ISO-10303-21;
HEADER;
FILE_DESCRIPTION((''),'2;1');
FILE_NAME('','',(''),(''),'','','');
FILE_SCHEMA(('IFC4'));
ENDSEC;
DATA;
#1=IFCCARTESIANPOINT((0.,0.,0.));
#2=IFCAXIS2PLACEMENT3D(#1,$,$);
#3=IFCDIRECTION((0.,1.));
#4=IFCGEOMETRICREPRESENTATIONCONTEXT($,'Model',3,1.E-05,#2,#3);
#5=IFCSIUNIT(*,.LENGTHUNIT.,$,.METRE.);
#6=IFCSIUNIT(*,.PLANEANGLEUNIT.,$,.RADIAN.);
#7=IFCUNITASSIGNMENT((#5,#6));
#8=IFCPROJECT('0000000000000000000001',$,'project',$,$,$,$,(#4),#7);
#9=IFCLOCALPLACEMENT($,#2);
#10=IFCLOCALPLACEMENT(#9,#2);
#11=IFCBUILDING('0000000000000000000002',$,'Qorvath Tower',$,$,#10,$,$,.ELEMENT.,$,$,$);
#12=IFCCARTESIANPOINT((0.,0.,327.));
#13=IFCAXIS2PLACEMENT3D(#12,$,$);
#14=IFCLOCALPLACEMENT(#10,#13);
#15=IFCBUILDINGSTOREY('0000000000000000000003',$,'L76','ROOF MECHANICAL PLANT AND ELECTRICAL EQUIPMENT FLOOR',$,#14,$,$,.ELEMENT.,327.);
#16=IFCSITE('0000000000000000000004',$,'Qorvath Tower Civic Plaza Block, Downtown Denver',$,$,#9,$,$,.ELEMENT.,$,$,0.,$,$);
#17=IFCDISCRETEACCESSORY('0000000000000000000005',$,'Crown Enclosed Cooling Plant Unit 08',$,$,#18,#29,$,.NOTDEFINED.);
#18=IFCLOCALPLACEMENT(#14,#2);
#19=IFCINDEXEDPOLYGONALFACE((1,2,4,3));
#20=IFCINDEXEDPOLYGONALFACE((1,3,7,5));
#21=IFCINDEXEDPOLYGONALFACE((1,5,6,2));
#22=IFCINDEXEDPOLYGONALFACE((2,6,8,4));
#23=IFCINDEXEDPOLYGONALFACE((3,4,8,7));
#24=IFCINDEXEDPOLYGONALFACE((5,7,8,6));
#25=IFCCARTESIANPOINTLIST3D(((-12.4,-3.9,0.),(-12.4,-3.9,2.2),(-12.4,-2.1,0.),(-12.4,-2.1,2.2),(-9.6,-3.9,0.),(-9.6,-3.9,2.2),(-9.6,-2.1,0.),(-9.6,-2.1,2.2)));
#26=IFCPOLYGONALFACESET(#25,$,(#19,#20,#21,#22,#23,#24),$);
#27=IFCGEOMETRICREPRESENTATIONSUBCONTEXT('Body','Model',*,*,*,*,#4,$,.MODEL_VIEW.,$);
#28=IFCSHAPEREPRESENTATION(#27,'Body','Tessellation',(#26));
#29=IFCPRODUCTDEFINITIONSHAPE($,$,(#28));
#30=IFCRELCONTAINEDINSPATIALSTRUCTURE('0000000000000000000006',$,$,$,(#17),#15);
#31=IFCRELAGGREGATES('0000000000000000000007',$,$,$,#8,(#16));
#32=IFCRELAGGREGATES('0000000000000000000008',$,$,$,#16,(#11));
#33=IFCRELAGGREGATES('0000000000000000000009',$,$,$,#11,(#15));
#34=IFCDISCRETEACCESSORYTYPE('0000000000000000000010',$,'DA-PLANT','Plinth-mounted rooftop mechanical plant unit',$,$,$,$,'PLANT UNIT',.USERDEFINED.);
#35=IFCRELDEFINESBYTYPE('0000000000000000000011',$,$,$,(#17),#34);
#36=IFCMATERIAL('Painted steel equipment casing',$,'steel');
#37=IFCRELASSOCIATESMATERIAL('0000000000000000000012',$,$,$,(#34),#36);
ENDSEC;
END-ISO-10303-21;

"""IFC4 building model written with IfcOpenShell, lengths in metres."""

from ifc_helpers import new_model, si_unit, direction, frame, origin, origin_2d, place, context, subcontext, project, spatial, rectangle, extrude, material, type_object, element, save


model = new_model("IFC4")

# Units and contexts
model_context = context("Model", 3, precision=1e-05, world=origin(), true_north=direction((0.0, 1.0)))
body_context = subcontext(model_context, "Body", "Model", "MODEL_VIEW")
ifc_project = project(units=[si_unit("LENGTHUNIT", "METRE"), si_unit("PLANEANGLEUNIT", "RADIAN")], contexts=[model_context])

# Site, building, storey
site_placement = place(None, origin())
site = spatial("IfcSite", under=ifc_project, at=site_placement, Name="Qorvath Tower Civic Plaza Block, Downtown Denver", CompositionType="ELEMENT", RefElevation=0.0)
building_placement = place(site_placement, origin())
building = spatial("IfcBuilding", under=site, at=building_placement, Name="Qorvath Tower", CompositionType="ELEMENT")
storey_placement = place(building_placement, frame((0.0, 0.0, 327.0)))
storey = spatial("IfcBuildingStorey", under=building, at=storey_placement, Name="L76", Description="ROOF MECHANICAL PLANT AND ELECTRICAL EQUIPMENT FLOOR", CompositionType="ELEMENT", Elevation=327.0)

# Discrete accessory
ifc_material_1 = material(Name="Painted steel equipment casing", Category="steel")
discrete_accessory_type_1 = type_object("IfcDiscreteAccessoryType", Name="DA-PLANT", Description="Plinth-mounted rooftop mechanical plant unit", ElementType="PLANT UNIT", PredefinedType="USERDEFINED", material=ifc_material_1)
discrete_accessory_placement = place(storey_placement, frame((-11.0, -3.0, 0.0), z_axis=(0.0, 0.0, 1.0), x_axis=(1.0, 0.0, 0.0)))
element("IfcDiscreteAccessory", 1, at=discrete_accessory_placement, inside=storey, type_object=discrete_accessory_type_1, Name="Crown Enclosed Cooling Plant Unit 08", PredefinedType="NOTDEFINED", context=body_context, shape_type="SweptSolid", body=[
    extrude(rectangle(XDim=2.8, YDim=1.8, at=origin_2d()), origin(), (0.0, 0.0, 1.0), 2.2),
])

save(model, "model.ifc")
